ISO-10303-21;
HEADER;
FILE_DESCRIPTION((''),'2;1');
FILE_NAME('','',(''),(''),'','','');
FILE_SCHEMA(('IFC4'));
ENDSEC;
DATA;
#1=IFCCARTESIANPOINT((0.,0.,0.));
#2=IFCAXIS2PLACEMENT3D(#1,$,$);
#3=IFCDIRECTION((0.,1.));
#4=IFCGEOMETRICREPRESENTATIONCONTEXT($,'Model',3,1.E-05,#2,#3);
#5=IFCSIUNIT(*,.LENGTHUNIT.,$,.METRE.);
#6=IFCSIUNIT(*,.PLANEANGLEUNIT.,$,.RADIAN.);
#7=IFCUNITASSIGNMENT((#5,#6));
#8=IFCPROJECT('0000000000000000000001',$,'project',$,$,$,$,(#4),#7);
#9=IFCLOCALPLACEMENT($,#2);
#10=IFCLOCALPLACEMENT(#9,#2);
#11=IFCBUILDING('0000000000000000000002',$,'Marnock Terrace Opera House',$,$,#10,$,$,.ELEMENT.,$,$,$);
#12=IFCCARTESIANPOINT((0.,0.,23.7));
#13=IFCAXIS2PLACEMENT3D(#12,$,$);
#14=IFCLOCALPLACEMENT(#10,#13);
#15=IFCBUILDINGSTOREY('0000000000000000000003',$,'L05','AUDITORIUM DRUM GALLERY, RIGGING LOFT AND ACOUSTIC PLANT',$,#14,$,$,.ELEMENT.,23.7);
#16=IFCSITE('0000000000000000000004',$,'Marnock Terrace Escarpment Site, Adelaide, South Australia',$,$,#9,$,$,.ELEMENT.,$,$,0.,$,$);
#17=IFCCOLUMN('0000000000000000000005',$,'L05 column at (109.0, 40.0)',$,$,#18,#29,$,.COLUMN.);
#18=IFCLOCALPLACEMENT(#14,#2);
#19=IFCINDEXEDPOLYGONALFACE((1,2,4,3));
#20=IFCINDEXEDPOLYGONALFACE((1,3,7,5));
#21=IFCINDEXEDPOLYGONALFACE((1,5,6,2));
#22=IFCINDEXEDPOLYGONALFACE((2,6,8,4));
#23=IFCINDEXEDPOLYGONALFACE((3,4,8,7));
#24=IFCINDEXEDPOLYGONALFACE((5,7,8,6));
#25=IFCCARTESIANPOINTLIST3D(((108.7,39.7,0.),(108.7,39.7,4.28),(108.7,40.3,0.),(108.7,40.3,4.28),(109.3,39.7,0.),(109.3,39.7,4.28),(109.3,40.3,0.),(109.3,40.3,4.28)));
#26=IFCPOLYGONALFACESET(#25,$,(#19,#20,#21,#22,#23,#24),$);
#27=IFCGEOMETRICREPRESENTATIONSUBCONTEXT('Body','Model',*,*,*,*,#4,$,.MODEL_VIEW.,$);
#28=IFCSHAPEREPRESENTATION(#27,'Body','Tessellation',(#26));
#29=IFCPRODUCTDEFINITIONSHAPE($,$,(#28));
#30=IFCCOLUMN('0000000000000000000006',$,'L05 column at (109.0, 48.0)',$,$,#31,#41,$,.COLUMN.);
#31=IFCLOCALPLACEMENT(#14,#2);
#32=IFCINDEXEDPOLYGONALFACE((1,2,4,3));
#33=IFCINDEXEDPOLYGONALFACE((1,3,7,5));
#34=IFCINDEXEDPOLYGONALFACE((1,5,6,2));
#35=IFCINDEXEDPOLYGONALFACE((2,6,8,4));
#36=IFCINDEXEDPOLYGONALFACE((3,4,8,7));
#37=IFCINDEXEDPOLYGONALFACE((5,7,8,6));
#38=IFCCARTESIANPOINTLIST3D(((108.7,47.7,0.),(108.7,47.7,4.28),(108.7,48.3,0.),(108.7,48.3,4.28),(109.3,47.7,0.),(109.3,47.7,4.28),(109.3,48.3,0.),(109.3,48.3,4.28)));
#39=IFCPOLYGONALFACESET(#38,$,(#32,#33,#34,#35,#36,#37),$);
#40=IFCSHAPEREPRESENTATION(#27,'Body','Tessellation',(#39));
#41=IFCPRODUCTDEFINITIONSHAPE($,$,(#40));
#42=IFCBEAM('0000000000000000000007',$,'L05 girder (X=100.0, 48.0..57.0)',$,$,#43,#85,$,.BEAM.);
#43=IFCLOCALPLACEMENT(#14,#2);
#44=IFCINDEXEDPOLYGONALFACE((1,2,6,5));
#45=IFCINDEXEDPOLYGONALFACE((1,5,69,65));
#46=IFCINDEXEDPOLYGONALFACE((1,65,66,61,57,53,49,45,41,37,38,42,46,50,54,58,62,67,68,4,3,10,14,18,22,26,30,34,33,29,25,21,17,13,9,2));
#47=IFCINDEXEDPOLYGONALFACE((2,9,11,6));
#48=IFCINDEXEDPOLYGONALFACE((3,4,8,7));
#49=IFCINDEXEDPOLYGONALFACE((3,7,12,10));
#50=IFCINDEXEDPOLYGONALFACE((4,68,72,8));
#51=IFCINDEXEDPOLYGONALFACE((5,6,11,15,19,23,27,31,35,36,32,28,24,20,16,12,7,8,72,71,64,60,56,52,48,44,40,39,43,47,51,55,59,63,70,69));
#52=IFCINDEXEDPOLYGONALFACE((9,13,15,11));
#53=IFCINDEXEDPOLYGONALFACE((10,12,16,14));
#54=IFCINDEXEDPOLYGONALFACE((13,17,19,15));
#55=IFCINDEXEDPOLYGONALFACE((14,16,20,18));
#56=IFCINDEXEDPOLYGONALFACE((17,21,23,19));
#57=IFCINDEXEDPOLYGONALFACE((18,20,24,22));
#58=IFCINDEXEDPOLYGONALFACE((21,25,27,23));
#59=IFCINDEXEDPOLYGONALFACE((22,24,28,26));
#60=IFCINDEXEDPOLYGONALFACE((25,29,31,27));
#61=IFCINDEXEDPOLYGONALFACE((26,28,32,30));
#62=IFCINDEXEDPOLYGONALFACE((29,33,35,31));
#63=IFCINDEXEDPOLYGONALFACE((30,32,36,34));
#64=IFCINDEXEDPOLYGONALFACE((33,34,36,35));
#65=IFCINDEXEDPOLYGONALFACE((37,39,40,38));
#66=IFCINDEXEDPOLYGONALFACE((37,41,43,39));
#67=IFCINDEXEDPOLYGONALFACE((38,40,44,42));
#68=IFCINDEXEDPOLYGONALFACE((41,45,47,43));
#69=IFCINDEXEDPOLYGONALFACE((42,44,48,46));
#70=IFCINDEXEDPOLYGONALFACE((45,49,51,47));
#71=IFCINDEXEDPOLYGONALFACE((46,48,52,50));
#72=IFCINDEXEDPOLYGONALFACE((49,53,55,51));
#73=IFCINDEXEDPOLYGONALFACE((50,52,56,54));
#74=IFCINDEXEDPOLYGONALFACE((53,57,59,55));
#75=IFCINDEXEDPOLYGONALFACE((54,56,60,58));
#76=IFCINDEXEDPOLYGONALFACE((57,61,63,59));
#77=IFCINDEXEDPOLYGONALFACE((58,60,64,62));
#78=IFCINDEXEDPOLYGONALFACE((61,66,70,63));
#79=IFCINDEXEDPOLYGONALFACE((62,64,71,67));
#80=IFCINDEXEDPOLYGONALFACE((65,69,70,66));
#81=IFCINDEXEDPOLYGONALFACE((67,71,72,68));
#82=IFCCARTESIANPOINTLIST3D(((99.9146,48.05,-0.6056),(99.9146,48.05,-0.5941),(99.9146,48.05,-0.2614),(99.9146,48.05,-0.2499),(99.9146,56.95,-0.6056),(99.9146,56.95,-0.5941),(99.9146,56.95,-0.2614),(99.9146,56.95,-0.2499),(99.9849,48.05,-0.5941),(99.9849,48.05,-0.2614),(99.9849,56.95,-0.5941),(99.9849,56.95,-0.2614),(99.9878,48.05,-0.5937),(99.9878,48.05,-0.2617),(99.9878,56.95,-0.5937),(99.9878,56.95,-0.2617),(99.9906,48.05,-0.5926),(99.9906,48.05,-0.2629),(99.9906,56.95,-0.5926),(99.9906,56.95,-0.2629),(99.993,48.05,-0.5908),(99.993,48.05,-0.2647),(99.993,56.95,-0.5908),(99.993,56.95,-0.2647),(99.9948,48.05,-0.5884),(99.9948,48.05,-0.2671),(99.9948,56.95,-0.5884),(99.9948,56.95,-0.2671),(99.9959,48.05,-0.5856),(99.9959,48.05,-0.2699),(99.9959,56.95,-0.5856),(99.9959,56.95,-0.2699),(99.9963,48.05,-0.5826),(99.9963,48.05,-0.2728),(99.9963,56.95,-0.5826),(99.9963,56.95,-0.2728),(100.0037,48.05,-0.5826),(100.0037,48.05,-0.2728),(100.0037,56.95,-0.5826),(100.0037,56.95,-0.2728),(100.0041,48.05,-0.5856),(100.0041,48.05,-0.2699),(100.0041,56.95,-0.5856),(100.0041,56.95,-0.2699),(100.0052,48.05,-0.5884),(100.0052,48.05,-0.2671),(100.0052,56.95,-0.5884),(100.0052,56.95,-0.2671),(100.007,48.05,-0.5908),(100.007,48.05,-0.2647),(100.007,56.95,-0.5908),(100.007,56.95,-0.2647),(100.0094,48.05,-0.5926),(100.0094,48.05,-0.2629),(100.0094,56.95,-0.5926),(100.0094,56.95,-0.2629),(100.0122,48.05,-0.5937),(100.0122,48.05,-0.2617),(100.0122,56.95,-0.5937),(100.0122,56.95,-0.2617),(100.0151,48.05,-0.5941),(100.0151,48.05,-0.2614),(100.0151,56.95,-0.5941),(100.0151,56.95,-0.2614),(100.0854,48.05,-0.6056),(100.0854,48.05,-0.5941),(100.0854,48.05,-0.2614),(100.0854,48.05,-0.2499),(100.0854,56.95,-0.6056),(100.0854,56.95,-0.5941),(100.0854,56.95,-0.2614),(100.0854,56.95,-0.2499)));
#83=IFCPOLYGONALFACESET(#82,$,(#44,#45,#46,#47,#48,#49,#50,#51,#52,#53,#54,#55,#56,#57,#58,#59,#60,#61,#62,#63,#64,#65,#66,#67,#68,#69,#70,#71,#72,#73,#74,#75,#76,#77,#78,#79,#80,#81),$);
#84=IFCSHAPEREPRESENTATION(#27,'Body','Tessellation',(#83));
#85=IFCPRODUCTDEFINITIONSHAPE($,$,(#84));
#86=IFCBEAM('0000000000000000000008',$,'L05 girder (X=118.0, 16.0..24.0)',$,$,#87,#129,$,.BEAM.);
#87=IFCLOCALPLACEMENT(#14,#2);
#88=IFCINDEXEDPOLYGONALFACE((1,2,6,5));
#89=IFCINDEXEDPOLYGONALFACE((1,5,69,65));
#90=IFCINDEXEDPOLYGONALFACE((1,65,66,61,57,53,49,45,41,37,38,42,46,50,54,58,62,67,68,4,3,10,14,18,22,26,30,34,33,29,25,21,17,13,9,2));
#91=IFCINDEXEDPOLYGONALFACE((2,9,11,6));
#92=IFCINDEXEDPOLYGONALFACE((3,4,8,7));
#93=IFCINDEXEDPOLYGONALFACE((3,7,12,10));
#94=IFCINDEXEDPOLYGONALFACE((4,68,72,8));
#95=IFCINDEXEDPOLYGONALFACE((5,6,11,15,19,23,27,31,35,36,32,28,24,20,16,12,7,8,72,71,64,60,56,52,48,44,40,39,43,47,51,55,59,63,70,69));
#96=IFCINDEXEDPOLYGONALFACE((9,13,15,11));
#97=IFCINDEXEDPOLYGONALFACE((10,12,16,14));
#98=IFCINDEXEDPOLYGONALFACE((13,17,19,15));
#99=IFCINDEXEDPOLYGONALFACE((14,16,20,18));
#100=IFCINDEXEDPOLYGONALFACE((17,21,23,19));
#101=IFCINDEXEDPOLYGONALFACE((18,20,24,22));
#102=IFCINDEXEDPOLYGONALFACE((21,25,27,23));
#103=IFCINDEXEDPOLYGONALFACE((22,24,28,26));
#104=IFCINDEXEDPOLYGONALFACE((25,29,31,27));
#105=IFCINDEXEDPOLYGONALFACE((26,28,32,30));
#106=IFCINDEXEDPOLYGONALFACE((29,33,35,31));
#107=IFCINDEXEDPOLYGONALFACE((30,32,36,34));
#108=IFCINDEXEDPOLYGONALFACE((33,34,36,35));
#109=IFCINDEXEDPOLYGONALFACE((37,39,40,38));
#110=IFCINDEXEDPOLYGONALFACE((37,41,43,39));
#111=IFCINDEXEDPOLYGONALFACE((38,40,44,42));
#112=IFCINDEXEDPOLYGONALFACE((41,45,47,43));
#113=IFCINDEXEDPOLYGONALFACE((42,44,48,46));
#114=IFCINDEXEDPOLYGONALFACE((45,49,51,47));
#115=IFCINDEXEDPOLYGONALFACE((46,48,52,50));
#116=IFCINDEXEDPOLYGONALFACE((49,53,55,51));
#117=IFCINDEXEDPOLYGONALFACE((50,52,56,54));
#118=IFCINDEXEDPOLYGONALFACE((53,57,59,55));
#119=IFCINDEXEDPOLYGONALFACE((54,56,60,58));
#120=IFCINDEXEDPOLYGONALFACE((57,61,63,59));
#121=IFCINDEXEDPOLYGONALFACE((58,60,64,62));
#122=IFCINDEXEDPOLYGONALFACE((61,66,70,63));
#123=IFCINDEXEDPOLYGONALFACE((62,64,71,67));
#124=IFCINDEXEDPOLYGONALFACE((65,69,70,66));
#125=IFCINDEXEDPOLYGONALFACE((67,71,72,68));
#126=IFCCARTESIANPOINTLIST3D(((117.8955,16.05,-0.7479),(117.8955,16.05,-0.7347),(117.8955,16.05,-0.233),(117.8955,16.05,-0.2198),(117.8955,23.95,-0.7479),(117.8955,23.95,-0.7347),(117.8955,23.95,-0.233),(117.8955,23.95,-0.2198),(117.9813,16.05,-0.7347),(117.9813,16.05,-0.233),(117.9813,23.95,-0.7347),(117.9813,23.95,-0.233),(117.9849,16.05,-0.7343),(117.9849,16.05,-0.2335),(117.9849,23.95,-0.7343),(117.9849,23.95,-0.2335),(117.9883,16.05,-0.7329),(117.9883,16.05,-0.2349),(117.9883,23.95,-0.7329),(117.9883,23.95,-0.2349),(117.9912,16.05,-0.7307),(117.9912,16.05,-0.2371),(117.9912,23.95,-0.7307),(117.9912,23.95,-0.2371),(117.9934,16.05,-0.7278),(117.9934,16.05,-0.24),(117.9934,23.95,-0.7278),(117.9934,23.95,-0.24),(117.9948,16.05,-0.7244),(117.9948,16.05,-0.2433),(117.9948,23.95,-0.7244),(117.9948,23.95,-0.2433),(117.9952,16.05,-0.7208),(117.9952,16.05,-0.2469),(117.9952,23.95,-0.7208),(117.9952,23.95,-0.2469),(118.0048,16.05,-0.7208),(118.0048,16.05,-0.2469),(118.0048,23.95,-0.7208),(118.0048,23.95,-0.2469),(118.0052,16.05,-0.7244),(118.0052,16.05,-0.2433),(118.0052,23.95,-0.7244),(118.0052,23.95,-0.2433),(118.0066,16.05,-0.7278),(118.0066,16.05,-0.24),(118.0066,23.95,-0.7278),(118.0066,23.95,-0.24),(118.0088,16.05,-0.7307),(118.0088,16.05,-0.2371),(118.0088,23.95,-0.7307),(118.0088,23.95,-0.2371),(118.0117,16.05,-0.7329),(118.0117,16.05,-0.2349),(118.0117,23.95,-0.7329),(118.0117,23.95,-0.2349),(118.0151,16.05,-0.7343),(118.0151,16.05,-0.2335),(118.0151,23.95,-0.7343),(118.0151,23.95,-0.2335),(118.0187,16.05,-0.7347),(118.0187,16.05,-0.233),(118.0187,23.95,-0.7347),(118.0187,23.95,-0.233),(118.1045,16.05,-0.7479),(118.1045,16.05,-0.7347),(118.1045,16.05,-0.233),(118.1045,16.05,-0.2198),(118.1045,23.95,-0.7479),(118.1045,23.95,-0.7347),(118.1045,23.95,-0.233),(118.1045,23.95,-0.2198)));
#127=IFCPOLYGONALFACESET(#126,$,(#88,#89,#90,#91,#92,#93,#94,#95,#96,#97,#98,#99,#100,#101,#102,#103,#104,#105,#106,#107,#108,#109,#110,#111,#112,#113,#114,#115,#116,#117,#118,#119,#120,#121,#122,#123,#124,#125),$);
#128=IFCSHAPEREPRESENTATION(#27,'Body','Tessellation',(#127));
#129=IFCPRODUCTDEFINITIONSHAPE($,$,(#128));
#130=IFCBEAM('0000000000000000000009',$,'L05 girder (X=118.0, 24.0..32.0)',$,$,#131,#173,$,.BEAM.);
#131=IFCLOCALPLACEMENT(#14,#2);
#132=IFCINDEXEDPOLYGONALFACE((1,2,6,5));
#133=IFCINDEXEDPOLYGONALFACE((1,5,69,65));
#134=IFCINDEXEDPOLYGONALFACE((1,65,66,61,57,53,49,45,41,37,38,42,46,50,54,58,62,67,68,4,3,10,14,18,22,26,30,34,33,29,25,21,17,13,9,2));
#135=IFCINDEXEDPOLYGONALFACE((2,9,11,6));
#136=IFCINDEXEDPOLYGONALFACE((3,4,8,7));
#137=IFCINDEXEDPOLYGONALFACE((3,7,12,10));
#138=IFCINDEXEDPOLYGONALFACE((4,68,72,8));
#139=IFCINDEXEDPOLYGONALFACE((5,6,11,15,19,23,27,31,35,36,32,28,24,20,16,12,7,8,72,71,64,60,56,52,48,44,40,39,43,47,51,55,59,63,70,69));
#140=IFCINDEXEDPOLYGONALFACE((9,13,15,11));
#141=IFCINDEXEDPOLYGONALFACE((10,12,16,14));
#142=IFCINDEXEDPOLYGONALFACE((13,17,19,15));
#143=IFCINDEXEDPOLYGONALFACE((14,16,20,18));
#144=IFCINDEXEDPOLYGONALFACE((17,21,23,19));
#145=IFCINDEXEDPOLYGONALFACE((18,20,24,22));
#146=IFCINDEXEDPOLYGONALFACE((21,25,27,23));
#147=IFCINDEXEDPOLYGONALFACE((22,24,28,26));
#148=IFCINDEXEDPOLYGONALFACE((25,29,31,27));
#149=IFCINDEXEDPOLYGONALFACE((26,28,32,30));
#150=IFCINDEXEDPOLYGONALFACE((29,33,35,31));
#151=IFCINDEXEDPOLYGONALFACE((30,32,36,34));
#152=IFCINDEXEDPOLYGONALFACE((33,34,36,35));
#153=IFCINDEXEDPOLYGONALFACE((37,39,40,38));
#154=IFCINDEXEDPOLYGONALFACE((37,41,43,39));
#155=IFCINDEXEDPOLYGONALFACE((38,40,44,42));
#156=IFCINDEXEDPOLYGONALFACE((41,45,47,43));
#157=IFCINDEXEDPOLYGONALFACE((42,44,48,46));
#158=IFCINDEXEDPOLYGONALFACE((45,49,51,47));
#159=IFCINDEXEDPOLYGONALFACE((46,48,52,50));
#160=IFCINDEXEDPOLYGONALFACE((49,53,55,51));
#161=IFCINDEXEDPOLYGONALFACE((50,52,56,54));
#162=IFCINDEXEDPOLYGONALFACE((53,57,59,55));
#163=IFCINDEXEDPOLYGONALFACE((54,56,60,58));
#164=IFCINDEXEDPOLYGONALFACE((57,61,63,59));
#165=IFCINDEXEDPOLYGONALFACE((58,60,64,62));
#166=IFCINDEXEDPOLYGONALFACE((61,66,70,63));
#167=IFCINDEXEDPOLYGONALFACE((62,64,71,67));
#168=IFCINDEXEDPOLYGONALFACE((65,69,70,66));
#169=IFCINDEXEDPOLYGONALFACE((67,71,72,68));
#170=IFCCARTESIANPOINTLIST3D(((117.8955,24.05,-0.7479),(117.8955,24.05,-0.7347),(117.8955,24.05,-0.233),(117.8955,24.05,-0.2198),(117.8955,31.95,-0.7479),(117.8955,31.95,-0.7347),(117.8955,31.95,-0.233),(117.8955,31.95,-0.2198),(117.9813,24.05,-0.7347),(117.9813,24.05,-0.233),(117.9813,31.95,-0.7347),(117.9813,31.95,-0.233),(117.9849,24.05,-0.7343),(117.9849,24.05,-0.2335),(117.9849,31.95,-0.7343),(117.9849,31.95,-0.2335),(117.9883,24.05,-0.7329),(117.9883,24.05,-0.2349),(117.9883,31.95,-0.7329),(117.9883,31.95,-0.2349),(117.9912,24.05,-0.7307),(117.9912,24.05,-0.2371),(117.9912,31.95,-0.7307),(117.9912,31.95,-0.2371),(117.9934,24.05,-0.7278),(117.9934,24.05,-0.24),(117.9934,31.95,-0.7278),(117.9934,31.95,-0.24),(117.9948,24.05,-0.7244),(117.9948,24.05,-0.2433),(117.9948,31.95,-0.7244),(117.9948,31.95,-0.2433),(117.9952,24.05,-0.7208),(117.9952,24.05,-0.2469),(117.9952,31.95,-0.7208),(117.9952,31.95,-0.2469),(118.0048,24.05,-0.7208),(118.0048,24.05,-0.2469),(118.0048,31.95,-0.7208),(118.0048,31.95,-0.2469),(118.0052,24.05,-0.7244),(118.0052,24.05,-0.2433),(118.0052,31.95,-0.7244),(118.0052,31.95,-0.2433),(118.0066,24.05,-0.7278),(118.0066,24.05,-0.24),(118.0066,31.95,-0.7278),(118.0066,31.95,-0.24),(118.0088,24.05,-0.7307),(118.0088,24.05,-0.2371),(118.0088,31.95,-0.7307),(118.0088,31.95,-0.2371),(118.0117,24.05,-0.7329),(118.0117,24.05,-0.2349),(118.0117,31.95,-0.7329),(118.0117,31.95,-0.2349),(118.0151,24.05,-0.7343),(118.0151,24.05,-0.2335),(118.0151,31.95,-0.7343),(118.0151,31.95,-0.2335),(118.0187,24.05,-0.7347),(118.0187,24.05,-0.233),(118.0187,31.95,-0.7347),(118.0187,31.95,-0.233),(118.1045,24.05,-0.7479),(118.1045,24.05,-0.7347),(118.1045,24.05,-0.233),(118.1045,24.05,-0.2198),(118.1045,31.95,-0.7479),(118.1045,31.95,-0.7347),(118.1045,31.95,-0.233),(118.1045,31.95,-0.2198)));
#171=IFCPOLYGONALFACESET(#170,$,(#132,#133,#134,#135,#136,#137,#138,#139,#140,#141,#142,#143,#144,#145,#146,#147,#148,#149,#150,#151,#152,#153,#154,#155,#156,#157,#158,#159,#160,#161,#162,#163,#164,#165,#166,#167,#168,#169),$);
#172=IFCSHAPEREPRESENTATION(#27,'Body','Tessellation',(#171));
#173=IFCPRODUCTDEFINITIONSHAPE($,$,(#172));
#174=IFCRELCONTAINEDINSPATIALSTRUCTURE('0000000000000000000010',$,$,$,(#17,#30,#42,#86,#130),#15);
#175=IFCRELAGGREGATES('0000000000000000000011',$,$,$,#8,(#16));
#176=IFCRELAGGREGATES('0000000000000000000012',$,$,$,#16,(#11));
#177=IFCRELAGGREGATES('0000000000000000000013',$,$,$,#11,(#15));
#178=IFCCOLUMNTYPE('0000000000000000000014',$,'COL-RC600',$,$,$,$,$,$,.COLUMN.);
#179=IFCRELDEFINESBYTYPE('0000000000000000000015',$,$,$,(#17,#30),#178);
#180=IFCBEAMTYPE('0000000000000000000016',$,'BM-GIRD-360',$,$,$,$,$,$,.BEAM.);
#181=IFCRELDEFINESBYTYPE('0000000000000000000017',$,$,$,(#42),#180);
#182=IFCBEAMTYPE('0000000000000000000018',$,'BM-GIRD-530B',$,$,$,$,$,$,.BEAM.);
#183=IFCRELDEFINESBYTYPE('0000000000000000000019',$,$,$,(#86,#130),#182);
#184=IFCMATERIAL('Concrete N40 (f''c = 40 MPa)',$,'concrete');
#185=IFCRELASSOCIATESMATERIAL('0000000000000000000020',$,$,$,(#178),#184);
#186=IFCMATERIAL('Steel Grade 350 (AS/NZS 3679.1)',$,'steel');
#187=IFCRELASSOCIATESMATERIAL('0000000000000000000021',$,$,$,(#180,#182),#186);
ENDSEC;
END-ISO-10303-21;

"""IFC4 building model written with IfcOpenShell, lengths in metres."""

from ifc_helpers import new_model, si_unit, direction, frame, origin, origin_2d, place, context, subcontext, project, spatial, rectangle, i_section, extrude, material, material_profile, profile_set, type_object, element, save


model = new_model("IFC4")

# Units and contexts
model_context = context("Model", 3, precision=1e-05, world=origin(), true_north=direction((0.0, 1.0)))
body_context = subcontext(model_context, "Body", "Model", "MODEL_VIEW")
ifc_project = project(units=[si_unit("LENGTHUNIT", "METRE"), si_unit("PLANEANGLEUNIT", "RADIAN")], contexts=[model_context])

# Site, building, storey
site_placement = place(None, origin())
site = spatial("IfcSite", under=ifc_project, at=site_placement, Name="Marnock Terrace Escarpment Site, Adelaide, South Australia", CompositionType="ELEMENT", RefElevation=0.0)
building_placement = place(site_placement, origin())
building = spatial("IfcBuilding", under=site, at=building_placement, Name="Marnock Terrace Opera House", CompositionType="ELEMENT")
storey_placement = place(building_placement, frame((0.0, 0.0, 23.7)))
storey = spatial("IfcBuildingStorey", under=building, at=storey_placement, Name="L05", Description="AUDITORIUM DRUM GALLERY, RIGGING LOFT AND ACOUSTIC PLANT", CompositionType="ELEMENT", Elevation=23.7)

# Columns
ifc_material_1 = material(Name="Concrete N40 (f'c = 40 MPa)", Category="concrete")
ifc_material_profile_1 = material_profile(ifc_material_1, rectangle(XDim=0.6001, YDim=0.6001, at=origin_2d()))
ifc_profile_set_1 = profile_set([ifc_material_profile_1], Name="Concrete N40 (f'c = 40 MPa)")
column_type = type_object("IfcColumnType", Name="COL-RC600", PredefinedType="COLUMN", material=ifc_profile_set_1)
for number, where, z_axis, x_axis, name in (
    (1, (109.0, 40.0, 0.0), (0.0, 0.0, 1.0), (1.0, 0.0, 0.0), "L05 column at (109.0, 40.0)"),
    (2, (109.0, 48.0, 0.0), (0.0, 0.0, 1.0), (1.0, 0.0, 0.0), "L05 column at (109.0, 48.0)"),
):
    element("IfcColumn", number, at=place(storey_placement, frame(where, z_axis=z_axis, x_axis=x_axis)), inside=storey, type_object=column_type, Name=name, PredefinedType="COLUMN", context=body_context, shape_type="SweptSolid", body=[
        extrude(rectangle(XDim=0.6001, YDim=0.6001, at=origin_2d()), origin(), (0.0, 0.0, 1.0), 4.28),
    ])

# Beams
ifc_material_2 = material(Name="Steel Grade 350 (AS/NZS 3679.1)", Category="steel")
ifc_material_profile_2 = material_profile(ifc_material_2, i_section(OverallWidth=0.1709, OverallDepth=0.3557, WebThickness=0.0073, FlangeThickness=0.0115, FilletRadius=0.0115, at=origin_2d()))
ifc_profile_set_2 = profile_set([ifc_material_profile_2], Name="Steel Grade 350 (AS/NZS 3679.1)")
beam_type_1 = type_object("IfcBeamType", Name="BM-GIRD-360", PredefinedType="BEAM", material=ifc_profile_set_2)
beam_1_placement = place(storey_placement, frame((100.0, 48.05, -0.4277), z_axis=(0.0, 1.0, 0.0), x_axis=(-1.0, 0.0, 0.0)))
element("IfcBeam", 3, at=beam_1_placement, inside=storey, type_object=beam_type_1, Name="L05 girder (X=100.0, 48.0..57.0)", PredefinedType="BEAM", context=body_context, shape_type="SweptSolid", body=[
    extrude(i_section(OverallWidth=0.1709, OverallDepth=0.3557, WebThickness=0.0073, FlangeThickness=0.0115, FilletRadius=0.0115, at=origin_2d()), origin(), (0.0, 0.0, 1.0), 8.8999),
])
ifc_material_profile_3 = material_profile(ifc_material_2, i_section(OverallWidth=0.209, OverallDepth=0.5281, WebThickness=0.0095, FlangeThickness=0.0132, FilletRadius=0.0139, at=origin_2d()))
ifc_profile_set_3 = profile_set([ifc_material_profile_3], Name="Steel Grade 350 (AS/NZS 3679.1)")
beam_type_2 = type_object("IfcBeamType", Name="BM-GIRD-530B", PredefinedType="BEAM", material=ifc_profile_set_3)
for number, where, z_axis, x_axis, name in (
    (4, (118.0, 16.05, -0.4839), (0.0, 1.0, 0.0), (-1.0, 0.0, 0.0), "L05 girder (X=118.0, 16.0..24.0)"),
    (5, (118.0, 24.05, -0.4839), (0.0, 1.0, 0.0), (-1.0, 0.0, 0.0), "L05 girder (X=118.0, 24.0..32.0)"),
):
    element("IfcBeam", number, at=place(storey_placement, frame(where, z_axis=z_axis, x_axis=x_axis)), inside=storey, type_object=beam_type_2, Name=name, PredefinedType="BEAM", context=body_context, shape_type="SweptSolid", body=[
        extrude(i_section(OverallWidth=0.209, OverallDepth=0.5281, WebThickness=0.0095, FlangeThickness=0.0132, FilletRadius=0.0139, at=origin_2d()), origin(), (0.0, 0.0, 1.0), 7.8999),
    ])

save(model, "model.ifc")
